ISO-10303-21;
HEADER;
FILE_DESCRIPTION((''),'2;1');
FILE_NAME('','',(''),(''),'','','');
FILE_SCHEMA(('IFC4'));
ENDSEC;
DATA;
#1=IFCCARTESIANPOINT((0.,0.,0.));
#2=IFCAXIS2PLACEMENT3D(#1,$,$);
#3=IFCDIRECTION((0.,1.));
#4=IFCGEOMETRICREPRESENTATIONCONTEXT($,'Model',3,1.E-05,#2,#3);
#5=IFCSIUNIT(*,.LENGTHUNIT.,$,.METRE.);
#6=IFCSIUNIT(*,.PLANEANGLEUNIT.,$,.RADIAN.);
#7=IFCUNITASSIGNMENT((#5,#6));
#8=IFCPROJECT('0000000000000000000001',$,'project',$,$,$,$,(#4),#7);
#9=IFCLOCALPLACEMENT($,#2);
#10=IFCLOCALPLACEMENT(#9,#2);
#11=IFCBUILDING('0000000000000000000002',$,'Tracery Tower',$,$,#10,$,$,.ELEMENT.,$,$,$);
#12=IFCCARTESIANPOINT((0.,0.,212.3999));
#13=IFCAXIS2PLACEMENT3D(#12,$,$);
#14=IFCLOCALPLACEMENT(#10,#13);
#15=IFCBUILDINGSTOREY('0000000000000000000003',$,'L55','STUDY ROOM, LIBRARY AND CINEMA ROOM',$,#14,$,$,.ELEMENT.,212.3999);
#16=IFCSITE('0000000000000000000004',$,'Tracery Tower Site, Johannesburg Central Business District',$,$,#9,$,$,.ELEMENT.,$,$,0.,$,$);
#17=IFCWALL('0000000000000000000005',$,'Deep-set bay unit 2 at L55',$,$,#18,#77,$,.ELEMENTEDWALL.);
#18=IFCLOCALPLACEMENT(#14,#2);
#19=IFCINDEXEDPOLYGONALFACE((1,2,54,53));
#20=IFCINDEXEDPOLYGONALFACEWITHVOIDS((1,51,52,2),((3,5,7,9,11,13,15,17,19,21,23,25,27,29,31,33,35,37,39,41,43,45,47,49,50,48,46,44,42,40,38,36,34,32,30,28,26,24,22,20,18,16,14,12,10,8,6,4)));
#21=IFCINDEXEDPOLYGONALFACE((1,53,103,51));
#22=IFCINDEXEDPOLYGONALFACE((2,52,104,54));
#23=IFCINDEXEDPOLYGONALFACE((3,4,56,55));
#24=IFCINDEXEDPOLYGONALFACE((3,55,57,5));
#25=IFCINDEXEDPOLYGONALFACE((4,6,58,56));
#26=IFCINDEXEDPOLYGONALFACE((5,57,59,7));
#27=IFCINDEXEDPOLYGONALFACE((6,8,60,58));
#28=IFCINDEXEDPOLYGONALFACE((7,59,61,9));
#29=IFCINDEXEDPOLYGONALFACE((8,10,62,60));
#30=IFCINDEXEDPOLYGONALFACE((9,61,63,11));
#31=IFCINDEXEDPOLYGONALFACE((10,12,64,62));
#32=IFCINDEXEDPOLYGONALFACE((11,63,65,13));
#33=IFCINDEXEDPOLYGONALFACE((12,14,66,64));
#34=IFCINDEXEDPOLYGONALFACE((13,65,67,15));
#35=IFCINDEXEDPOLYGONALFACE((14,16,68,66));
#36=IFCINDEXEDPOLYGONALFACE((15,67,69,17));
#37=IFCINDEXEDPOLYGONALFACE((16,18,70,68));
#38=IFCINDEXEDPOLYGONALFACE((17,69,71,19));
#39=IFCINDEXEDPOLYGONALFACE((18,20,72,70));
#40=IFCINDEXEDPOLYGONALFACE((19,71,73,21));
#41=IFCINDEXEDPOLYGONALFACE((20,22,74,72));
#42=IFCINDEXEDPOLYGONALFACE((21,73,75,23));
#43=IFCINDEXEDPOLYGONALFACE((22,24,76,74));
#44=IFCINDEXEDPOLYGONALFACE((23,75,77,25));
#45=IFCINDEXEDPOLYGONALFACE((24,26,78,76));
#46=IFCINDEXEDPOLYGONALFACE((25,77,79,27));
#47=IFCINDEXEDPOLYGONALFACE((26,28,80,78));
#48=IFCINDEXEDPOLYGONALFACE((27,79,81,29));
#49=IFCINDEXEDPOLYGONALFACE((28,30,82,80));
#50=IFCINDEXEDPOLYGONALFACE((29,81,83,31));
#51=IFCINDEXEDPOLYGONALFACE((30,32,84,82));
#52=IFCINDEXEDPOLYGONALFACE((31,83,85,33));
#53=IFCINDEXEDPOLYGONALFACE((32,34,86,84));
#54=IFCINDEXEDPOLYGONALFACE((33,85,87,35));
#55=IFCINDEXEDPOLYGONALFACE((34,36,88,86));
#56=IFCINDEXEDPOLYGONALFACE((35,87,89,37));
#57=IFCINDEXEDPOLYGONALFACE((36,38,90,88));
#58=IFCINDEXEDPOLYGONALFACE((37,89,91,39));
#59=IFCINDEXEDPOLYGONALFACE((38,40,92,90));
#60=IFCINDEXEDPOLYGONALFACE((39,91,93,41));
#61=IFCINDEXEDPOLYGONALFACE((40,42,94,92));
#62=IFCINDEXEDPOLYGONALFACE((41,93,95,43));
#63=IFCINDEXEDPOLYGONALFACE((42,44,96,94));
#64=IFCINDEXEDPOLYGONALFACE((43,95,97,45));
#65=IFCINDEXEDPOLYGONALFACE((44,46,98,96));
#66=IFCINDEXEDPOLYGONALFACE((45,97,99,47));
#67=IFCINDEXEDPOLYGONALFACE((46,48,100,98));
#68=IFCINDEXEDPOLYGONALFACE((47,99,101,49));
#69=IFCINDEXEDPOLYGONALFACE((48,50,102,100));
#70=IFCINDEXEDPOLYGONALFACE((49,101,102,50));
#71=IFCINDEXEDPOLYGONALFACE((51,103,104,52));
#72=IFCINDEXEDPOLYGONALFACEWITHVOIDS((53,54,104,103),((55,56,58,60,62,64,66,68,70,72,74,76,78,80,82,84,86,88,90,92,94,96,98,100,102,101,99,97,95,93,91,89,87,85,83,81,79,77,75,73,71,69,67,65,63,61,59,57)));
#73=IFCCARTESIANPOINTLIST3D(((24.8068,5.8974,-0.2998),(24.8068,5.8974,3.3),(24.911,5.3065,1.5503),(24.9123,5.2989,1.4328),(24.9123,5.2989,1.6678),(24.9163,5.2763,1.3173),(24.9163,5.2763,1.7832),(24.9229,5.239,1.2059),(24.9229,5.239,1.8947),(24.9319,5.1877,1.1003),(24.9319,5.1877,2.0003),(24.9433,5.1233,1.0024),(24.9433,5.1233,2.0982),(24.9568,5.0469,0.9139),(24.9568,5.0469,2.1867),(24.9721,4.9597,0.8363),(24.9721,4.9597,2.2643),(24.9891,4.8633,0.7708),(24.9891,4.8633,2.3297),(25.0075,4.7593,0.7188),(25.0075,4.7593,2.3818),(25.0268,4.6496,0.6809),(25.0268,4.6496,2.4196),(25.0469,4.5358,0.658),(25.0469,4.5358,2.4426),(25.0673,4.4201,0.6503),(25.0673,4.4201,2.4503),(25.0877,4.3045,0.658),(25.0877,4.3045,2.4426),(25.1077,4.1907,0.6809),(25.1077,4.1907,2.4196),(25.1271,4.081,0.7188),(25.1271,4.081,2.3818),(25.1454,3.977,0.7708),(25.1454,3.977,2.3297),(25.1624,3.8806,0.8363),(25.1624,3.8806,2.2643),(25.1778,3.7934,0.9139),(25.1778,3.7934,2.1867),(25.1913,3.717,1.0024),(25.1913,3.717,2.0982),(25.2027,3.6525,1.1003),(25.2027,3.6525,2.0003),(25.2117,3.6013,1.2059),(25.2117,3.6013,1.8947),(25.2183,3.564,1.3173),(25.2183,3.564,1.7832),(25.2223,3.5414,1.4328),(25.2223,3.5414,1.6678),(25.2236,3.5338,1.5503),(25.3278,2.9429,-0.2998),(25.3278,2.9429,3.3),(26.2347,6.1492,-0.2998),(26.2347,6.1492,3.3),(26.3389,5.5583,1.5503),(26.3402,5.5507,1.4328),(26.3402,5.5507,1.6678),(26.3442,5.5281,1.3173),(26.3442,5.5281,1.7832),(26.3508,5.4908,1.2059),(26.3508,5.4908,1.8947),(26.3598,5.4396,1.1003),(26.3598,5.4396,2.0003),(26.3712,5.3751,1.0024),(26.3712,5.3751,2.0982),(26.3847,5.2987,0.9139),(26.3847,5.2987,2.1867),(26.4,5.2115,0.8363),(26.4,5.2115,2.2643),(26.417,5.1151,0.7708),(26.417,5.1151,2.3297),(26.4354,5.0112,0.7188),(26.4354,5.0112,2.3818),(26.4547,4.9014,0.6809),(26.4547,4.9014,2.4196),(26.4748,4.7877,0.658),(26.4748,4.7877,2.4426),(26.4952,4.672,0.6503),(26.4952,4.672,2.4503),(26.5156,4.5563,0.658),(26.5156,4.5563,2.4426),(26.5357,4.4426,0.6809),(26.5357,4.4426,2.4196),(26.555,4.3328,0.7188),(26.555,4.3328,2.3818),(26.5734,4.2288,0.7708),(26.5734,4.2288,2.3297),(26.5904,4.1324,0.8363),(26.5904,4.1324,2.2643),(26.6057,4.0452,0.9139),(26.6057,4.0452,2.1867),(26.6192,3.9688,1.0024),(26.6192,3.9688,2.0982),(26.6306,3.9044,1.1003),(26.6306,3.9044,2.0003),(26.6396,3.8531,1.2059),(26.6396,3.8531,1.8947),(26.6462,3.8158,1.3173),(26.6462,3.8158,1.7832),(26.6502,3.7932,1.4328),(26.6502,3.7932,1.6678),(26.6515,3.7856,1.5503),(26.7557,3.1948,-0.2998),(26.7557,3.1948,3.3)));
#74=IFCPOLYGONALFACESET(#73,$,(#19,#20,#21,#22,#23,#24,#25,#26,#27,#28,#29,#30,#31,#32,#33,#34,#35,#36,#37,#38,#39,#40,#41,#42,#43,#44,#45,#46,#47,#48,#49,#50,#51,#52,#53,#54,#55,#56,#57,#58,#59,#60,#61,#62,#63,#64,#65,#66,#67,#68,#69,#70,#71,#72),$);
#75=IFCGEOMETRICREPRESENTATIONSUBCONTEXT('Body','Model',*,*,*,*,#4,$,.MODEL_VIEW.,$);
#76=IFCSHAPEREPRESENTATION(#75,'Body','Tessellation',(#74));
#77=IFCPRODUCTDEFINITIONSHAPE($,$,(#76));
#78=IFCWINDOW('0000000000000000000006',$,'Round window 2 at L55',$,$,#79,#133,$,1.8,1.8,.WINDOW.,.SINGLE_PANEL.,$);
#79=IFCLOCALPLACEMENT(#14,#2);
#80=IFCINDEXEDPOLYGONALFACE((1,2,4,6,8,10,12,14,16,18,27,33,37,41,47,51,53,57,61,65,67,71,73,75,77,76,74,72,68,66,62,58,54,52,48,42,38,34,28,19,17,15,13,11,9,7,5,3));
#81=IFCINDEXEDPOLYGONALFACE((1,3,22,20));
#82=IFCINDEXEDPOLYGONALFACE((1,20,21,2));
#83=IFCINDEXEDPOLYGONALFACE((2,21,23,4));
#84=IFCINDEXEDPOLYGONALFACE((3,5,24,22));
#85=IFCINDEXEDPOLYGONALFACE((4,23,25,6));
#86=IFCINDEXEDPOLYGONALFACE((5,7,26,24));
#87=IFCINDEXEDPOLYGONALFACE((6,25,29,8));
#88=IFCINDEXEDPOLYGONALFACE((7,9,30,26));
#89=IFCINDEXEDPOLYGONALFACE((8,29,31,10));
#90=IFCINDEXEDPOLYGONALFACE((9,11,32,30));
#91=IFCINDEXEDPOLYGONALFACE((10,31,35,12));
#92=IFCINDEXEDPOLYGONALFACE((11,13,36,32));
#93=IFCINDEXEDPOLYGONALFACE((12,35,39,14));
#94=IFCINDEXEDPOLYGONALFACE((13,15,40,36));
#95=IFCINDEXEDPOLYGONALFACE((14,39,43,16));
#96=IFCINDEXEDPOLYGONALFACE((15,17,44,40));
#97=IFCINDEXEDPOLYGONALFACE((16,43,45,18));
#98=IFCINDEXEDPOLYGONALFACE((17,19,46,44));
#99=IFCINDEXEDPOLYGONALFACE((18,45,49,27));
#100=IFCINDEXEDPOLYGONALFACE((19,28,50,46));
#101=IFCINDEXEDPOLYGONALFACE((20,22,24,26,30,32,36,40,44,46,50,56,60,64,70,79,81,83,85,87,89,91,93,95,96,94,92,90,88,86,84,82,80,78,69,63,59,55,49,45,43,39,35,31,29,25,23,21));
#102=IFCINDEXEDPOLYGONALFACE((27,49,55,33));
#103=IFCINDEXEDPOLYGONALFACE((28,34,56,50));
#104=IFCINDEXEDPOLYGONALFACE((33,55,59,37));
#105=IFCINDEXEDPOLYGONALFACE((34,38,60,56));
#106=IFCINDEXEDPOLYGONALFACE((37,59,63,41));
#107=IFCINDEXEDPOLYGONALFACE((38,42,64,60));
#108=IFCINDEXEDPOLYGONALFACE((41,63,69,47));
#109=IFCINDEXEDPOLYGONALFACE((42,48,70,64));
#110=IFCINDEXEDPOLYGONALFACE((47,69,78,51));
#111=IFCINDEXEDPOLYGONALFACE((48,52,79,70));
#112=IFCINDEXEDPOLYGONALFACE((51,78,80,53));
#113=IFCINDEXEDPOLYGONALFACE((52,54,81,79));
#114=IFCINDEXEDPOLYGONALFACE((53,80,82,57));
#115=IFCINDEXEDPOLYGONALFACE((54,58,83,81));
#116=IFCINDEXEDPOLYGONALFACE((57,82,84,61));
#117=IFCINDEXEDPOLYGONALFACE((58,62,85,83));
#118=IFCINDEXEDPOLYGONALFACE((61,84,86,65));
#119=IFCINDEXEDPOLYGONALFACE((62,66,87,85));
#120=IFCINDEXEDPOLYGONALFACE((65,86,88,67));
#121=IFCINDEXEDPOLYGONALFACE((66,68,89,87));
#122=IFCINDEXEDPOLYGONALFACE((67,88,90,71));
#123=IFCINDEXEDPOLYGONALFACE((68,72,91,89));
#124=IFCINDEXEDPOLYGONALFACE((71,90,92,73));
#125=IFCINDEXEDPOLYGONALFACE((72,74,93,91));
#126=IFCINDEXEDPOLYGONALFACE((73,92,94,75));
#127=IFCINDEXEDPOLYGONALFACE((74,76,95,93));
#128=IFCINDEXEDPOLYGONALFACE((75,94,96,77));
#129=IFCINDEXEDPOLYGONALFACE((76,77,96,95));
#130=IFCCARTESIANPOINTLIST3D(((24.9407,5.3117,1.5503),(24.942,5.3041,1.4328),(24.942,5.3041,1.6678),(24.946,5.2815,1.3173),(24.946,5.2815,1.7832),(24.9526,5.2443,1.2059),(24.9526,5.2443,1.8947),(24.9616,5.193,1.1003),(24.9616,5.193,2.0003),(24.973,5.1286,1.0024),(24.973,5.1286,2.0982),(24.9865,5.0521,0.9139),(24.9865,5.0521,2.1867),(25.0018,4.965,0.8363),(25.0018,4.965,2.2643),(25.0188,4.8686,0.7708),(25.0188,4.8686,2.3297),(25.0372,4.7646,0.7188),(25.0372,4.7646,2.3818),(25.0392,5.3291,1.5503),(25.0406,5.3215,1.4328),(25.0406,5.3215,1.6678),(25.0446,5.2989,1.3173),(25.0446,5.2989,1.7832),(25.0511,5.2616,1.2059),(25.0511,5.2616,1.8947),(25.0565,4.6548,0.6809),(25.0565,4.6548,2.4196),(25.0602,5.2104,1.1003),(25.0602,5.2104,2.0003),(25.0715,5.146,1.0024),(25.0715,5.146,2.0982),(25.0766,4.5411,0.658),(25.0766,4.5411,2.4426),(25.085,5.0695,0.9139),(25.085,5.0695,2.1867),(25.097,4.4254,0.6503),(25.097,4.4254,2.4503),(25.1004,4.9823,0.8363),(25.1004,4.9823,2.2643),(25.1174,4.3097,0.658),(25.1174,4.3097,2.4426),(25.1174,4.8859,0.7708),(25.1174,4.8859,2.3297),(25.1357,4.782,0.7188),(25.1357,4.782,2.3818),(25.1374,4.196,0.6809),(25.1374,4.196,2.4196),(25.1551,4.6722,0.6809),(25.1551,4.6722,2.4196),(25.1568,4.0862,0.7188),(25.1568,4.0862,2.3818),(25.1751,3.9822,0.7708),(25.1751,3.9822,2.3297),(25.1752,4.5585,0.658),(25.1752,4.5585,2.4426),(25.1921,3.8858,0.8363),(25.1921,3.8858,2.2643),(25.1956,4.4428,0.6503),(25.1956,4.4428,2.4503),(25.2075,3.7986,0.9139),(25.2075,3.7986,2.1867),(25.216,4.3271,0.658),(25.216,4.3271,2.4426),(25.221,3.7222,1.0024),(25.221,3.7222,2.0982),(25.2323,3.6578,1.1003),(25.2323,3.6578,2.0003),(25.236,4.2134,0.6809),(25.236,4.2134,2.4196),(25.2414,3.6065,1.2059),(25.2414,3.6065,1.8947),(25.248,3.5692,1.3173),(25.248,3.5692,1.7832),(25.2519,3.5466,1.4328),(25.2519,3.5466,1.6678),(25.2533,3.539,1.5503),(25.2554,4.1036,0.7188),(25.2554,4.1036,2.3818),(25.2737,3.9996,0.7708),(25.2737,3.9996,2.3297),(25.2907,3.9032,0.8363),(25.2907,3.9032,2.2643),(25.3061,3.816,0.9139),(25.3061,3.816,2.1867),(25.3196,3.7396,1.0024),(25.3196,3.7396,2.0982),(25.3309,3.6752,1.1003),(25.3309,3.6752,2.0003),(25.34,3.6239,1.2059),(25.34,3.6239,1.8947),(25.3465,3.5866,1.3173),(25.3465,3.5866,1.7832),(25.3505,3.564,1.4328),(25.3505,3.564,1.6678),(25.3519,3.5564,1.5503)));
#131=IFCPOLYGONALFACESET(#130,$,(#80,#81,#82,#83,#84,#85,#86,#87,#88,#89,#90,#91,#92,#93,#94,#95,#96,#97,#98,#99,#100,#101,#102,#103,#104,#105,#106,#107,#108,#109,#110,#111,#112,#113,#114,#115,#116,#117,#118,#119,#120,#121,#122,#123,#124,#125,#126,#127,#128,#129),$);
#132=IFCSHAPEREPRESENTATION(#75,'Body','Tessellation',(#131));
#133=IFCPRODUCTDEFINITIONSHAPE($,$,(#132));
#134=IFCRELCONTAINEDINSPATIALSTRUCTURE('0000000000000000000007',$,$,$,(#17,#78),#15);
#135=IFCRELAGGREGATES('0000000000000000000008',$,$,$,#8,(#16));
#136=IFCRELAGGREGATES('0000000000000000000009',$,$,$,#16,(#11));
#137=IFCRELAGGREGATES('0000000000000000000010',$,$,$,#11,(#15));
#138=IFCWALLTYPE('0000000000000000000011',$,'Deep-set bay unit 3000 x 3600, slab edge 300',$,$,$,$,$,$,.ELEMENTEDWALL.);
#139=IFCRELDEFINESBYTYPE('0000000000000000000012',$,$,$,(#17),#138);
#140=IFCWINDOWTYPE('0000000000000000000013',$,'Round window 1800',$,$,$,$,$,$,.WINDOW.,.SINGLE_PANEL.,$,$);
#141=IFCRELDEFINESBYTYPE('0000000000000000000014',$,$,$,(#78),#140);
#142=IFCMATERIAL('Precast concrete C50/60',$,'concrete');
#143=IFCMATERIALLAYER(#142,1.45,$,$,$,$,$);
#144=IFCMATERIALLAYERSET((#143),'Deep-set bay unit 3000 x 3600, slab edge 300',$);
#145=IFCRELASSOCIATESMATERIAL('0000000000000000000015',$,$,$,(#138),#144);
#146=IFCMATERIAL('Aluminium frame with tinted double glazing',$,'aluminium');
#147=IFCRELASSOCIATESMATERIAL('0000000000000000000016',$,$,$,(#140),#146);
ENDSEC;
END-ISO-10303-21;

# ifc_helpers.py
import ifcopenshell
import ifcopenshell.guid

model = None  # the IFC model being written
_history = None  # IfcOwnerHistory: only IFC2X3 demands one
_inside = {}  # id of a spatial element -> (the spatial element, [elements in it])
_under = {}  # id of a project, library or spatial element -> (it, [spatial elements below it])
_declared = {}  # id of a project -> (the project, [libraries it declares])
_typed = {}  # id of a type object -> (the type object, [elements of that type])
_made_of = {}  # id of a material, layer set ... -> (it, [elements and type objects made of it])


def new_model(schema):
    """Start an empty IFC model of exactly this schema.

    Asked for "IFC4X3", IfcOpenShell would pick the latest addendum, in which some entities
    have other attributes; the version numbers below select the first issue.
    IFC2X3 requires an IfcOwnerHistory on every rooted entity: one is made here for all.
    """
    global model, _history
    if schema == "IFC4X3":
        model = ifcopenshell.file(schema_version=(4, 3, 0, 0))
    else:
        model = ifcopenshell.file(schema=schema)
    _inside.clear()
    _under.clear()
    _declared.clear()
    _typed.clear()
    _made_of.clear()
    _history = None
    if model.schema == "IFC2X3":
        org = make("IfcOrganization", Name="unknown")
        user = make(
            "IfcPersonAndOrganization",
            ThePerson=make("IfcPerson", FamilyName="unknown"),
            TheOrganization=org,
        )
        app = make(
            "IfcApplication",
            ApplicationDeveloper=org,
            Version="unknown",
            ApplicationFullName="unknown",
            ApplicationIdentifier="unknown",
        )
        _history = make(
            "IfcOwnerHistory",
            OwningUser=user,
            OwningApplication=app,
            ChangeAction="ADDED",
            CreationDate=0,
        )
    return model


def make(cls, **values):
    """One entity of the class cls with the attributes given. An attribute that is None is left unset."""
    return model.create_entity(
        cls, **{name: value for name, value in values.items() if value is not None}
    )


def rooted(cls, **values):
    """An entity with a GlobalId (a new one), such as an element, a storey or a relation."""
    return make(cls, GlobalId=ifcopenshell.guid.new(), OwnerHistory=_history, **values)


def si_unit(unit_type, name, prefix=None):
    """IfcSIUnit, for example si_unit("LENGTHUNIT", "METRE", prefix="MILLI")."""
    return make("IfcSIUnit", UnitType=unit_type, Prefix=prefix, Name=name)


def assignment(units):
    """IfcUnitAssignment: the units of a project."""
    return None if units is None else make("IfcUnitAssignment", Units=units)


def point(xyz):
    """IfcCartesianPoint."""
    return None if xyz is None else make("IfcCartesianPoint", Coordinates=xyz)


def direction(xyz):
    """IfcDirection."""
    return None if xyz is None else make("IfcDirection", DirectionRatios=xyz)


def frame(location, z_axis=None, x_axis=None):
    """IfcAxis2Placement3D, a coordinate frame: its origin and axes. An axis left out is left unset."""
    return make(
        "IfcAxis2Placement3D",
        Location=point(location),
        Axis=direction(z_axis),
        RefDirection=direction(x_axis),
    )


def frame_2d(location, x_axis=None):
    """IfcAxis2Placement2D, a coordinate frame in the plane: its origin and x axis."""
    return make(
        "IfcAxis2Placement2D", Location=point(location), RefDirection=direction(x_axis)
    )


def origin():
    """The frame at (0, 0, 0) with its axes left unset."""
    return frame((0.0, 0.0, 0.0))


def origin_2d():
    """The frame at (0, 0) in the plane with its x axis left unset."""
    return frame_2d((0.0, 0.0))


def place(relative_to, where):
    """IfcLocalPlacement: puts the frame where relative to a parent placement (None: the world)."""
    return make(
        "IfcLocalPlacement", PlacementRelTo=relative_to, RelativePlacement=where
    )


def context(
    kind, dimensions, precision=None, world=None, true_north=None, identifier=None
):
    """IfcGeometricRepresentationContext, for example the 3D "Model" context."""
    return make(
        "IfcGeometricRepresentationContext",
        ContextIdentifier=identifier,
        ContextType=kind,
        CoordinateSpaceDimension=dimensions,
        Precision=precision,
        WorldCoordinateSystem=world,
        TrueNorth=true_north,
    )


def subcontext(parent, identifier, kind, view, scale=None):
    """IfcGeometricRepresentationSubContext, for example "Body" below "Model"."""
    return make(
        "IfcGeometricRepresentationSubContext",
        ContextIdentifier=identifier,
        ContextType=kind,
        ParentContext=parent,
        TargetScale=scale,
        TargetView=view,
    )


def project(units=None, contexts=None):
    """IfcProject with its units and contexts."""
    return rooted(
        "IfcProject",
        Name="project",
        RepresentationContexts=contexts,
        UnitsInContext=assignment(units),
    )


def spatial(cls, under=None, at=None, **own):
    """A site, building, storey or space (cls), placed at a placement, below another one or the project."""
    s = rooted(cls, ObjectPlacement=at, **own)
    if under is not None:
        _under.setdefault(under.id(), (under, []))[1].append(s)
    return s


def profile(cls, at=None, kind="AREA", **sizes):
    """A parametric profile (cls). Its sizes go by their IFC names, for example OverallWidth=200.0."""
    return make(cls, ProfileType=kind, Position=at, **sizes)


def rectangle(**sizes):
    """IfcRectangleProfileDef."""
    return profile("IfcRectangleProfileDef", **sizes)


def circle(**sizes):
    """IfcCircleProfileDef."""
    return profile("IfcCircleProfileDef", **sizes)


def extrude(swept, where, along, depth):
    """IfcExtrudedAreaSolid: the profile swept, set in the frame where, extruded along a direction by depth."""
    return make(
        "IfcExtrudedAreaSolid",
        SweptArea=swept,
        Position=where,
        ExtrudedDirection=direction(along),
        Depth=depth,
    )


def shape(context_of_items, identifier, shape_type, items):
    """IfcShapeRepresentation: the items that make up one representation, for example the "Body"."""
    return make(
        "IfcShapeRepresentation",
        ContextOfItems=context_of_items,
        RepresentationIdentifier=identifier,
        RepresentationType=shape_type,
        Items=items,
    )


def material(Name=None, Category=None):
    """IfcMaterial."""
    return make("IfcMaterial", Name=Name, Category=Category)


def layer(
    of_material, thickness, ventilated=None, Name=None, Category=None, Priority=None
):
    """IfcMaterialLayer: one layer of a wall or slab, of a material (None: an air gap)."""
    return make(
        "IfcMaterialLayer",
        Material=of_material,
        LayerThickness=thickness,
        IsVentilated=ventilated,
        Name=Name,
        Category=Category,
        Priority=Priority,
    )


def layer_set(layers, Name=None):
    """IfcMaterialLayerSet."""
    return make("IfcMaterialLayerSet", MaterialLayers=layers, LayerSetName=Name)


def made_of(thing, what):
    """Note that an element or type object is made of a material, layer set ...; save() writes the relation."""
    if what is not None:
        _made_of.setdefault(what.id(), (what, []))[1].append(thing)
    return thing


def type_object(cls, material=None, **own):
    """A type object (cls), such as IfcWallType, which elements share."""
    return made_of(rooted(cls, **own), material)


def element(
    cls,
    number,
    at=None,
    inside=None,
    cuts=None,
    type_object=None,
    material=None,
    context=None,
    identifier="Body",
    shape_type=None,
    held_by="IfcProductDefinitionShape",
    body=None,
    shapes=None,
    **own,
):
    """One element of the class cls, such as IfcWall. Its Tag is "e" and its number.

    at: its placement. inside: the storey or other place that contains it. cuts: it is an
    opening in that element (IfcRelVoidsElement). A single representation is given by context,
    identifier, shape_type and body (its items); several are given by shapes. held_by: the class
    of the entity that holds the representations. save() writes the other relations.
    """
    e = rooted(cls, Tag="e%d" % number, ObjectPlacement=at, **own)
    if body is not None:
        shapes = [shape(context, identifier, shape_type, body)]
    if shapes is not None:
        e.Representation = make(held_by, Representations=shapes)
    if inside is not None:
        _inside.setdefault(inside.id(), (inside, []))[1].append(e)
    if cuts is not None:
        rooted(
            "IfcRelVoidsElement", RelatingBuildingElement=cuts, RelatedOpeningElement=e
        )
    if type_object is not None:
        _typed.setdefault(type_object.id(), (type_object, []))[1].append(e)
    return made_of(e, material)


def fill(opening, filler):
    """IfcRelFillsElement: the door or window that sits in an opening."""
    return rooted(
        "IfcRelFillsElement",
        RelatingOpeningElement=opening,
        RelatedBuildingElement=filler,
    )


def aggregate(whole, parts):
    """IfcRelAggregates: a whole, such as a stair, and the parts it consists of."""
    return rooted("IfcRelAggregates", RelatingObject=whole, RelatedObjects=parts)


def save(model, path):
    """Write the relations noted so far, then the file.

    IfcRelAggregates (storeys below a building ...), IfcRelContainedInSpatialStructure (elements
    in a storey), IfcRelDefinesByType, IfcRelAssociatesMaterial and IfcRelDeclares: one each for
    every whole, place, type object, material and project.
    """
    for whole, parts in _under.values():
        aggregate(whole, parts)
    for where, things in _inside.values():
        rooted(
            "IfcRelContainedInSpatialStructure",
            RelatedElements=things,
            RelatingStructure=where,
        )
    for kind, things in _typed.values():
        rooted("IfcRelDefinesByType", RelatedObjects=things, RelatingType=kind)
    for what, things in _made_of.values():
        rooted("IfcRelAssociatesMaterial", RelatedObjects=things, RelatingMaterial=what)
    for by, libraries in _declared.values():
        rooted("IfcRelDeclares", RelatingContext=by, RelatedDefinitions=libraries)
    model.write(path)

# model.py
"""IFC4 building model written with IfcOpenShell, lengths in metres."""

from ifc_helpers import new_model, si_unit, direction, frame, frame_2d, origin, origin_2d, place, context, subcontext, project, spatial, rectangle, circle, extrude, material, layer, layer_set, type_object, element, fill, save


model = new_model("IFC4")

# Units and contexts
model_context = context("Model", 3, precision=1e-05, world=origin(), true_north=direction((0.0, 1.0)))
body_context = subcontext(model_context, "Body", "Model", "MODEL_VIEW")
ifc_project = project(units=[si_unit("LENGTHUNIT", "METRE"), si_unit("PLANEANGLEUNIT", "RADIAN")], contexts=[model_context])

# Site, building, storey
site_placement = place(None, origin())
site = spatial("IfcSite", under=ifc_project, at=site_placement, Name="Tracery Tower Site, Johannesburg Central Business District", CompositionType="ELEMENT", RefElevation=0.0)
building_placement = place(site_placement, origin())
building = spatial("IfcBuilding", under=site, at=building_placement, Name="Tracery Tower", CompositionType="ELEMENT")
storey_placement = place(building_placement, frame((0.0, 0.0, 212.3999)))
storey = spatial("IfcBuildingStorey", under=building, at=storey_placement, Name="L55", Description="STUDY ROOM, LIBRARY AND CINEMA ROOM", CompositionType="ELEMENT", Elevation=212.3999)

# Wall, opening, window
ifc_material_1 = material(Name="Precast concrete C50/60", Category="concrete")
ifc_layer_1 = layer(ifc_material_1, 1.45)
ifc_layer_set_1 = layer_set([ifc_layer_1], Name="Deep-set bay unit 3000 x 3600, slab edge 300")
wall_type_1 = type_object("IfcWallType", Name="Deep-set bay unit 3000 x 3600, slab edge 300", PredefinedType="ELEMENTEDWALL", material=ifc_layer_set_1)
wall_1_placement = place(storey_placement, frame((26.0417, 3.0688, -0.2998), z_axis=(0.0, 0.0, 1.0), x_axis=(-0.173669, 0.984804, 0.0)))
wall_1 = element("IfcWall", 1, at=wall_1_placement, inside=storey, type_object=wall_type_1, Name="Deep-set bay unit 2 at L55", PredefinedType="ELEMENTEDWALL", context=body_context, shape_type="SweptSolid", body=[
    extrude(rectangle(XDim=3.0, YDim=1.45, at=frame_2d((1.5, 0.0))), origin(), (0.0, 0.0, 1.0), 3.5999),
])
opening_1_placement = place(wall_1_placement, frame((1.5, 0.0, 1.8501)))
opening_1 = element("IfcOpeningElement", 2, at=opening_1_placement, cuts=wall_1, PredefinedType="OPENING", context=body_context, shape_type="SweptSolid", body=[
    extrude(circle(Radius=0.9, at=origin_2d()), frame((0.0, 0.7349, 0.0), z_axis=(0.0, -1.0, 0.0), x_axis=(1.0, 0.0, 0.0)), (0.0, 0.0, 1.0), 1.47),
])
ifc_material_2 = material(Name="Aluminium frame with tinted double glazing", Category="aluminium")
window_type = type_object("IfcWindowType", Name="Round window 1800", PartitioningType="SINGLE_PANEL", PredefinedType="WINDOW", material=ifc_material_2)
window_1_placement = place(opening_1_placement, origin())
window_1 = element("IfcWindow", 3, at=window_1_placement, inside=storey, type_object=window_type, Name="Round window 2 at L55", OverallHeight=1.8, OverallWidth=1.8, PartitioningType="SINGLE_PANEL", PredefinedType="WINDOW", context=body_context, shape_type="SweptSolid", body=[
    extrude(circle(Radius=0.9, at=origin_2d()), frame((0.0, 0.6948, 0.0), z_axis=(0.0, -1.0, 0.0), x_axis=(1.0, 0.0, 0.0)), (0.0, 0.0, 1.0), 0.1001),
])
fill(opening_1, window_1)

save(model, "model.ifc")
